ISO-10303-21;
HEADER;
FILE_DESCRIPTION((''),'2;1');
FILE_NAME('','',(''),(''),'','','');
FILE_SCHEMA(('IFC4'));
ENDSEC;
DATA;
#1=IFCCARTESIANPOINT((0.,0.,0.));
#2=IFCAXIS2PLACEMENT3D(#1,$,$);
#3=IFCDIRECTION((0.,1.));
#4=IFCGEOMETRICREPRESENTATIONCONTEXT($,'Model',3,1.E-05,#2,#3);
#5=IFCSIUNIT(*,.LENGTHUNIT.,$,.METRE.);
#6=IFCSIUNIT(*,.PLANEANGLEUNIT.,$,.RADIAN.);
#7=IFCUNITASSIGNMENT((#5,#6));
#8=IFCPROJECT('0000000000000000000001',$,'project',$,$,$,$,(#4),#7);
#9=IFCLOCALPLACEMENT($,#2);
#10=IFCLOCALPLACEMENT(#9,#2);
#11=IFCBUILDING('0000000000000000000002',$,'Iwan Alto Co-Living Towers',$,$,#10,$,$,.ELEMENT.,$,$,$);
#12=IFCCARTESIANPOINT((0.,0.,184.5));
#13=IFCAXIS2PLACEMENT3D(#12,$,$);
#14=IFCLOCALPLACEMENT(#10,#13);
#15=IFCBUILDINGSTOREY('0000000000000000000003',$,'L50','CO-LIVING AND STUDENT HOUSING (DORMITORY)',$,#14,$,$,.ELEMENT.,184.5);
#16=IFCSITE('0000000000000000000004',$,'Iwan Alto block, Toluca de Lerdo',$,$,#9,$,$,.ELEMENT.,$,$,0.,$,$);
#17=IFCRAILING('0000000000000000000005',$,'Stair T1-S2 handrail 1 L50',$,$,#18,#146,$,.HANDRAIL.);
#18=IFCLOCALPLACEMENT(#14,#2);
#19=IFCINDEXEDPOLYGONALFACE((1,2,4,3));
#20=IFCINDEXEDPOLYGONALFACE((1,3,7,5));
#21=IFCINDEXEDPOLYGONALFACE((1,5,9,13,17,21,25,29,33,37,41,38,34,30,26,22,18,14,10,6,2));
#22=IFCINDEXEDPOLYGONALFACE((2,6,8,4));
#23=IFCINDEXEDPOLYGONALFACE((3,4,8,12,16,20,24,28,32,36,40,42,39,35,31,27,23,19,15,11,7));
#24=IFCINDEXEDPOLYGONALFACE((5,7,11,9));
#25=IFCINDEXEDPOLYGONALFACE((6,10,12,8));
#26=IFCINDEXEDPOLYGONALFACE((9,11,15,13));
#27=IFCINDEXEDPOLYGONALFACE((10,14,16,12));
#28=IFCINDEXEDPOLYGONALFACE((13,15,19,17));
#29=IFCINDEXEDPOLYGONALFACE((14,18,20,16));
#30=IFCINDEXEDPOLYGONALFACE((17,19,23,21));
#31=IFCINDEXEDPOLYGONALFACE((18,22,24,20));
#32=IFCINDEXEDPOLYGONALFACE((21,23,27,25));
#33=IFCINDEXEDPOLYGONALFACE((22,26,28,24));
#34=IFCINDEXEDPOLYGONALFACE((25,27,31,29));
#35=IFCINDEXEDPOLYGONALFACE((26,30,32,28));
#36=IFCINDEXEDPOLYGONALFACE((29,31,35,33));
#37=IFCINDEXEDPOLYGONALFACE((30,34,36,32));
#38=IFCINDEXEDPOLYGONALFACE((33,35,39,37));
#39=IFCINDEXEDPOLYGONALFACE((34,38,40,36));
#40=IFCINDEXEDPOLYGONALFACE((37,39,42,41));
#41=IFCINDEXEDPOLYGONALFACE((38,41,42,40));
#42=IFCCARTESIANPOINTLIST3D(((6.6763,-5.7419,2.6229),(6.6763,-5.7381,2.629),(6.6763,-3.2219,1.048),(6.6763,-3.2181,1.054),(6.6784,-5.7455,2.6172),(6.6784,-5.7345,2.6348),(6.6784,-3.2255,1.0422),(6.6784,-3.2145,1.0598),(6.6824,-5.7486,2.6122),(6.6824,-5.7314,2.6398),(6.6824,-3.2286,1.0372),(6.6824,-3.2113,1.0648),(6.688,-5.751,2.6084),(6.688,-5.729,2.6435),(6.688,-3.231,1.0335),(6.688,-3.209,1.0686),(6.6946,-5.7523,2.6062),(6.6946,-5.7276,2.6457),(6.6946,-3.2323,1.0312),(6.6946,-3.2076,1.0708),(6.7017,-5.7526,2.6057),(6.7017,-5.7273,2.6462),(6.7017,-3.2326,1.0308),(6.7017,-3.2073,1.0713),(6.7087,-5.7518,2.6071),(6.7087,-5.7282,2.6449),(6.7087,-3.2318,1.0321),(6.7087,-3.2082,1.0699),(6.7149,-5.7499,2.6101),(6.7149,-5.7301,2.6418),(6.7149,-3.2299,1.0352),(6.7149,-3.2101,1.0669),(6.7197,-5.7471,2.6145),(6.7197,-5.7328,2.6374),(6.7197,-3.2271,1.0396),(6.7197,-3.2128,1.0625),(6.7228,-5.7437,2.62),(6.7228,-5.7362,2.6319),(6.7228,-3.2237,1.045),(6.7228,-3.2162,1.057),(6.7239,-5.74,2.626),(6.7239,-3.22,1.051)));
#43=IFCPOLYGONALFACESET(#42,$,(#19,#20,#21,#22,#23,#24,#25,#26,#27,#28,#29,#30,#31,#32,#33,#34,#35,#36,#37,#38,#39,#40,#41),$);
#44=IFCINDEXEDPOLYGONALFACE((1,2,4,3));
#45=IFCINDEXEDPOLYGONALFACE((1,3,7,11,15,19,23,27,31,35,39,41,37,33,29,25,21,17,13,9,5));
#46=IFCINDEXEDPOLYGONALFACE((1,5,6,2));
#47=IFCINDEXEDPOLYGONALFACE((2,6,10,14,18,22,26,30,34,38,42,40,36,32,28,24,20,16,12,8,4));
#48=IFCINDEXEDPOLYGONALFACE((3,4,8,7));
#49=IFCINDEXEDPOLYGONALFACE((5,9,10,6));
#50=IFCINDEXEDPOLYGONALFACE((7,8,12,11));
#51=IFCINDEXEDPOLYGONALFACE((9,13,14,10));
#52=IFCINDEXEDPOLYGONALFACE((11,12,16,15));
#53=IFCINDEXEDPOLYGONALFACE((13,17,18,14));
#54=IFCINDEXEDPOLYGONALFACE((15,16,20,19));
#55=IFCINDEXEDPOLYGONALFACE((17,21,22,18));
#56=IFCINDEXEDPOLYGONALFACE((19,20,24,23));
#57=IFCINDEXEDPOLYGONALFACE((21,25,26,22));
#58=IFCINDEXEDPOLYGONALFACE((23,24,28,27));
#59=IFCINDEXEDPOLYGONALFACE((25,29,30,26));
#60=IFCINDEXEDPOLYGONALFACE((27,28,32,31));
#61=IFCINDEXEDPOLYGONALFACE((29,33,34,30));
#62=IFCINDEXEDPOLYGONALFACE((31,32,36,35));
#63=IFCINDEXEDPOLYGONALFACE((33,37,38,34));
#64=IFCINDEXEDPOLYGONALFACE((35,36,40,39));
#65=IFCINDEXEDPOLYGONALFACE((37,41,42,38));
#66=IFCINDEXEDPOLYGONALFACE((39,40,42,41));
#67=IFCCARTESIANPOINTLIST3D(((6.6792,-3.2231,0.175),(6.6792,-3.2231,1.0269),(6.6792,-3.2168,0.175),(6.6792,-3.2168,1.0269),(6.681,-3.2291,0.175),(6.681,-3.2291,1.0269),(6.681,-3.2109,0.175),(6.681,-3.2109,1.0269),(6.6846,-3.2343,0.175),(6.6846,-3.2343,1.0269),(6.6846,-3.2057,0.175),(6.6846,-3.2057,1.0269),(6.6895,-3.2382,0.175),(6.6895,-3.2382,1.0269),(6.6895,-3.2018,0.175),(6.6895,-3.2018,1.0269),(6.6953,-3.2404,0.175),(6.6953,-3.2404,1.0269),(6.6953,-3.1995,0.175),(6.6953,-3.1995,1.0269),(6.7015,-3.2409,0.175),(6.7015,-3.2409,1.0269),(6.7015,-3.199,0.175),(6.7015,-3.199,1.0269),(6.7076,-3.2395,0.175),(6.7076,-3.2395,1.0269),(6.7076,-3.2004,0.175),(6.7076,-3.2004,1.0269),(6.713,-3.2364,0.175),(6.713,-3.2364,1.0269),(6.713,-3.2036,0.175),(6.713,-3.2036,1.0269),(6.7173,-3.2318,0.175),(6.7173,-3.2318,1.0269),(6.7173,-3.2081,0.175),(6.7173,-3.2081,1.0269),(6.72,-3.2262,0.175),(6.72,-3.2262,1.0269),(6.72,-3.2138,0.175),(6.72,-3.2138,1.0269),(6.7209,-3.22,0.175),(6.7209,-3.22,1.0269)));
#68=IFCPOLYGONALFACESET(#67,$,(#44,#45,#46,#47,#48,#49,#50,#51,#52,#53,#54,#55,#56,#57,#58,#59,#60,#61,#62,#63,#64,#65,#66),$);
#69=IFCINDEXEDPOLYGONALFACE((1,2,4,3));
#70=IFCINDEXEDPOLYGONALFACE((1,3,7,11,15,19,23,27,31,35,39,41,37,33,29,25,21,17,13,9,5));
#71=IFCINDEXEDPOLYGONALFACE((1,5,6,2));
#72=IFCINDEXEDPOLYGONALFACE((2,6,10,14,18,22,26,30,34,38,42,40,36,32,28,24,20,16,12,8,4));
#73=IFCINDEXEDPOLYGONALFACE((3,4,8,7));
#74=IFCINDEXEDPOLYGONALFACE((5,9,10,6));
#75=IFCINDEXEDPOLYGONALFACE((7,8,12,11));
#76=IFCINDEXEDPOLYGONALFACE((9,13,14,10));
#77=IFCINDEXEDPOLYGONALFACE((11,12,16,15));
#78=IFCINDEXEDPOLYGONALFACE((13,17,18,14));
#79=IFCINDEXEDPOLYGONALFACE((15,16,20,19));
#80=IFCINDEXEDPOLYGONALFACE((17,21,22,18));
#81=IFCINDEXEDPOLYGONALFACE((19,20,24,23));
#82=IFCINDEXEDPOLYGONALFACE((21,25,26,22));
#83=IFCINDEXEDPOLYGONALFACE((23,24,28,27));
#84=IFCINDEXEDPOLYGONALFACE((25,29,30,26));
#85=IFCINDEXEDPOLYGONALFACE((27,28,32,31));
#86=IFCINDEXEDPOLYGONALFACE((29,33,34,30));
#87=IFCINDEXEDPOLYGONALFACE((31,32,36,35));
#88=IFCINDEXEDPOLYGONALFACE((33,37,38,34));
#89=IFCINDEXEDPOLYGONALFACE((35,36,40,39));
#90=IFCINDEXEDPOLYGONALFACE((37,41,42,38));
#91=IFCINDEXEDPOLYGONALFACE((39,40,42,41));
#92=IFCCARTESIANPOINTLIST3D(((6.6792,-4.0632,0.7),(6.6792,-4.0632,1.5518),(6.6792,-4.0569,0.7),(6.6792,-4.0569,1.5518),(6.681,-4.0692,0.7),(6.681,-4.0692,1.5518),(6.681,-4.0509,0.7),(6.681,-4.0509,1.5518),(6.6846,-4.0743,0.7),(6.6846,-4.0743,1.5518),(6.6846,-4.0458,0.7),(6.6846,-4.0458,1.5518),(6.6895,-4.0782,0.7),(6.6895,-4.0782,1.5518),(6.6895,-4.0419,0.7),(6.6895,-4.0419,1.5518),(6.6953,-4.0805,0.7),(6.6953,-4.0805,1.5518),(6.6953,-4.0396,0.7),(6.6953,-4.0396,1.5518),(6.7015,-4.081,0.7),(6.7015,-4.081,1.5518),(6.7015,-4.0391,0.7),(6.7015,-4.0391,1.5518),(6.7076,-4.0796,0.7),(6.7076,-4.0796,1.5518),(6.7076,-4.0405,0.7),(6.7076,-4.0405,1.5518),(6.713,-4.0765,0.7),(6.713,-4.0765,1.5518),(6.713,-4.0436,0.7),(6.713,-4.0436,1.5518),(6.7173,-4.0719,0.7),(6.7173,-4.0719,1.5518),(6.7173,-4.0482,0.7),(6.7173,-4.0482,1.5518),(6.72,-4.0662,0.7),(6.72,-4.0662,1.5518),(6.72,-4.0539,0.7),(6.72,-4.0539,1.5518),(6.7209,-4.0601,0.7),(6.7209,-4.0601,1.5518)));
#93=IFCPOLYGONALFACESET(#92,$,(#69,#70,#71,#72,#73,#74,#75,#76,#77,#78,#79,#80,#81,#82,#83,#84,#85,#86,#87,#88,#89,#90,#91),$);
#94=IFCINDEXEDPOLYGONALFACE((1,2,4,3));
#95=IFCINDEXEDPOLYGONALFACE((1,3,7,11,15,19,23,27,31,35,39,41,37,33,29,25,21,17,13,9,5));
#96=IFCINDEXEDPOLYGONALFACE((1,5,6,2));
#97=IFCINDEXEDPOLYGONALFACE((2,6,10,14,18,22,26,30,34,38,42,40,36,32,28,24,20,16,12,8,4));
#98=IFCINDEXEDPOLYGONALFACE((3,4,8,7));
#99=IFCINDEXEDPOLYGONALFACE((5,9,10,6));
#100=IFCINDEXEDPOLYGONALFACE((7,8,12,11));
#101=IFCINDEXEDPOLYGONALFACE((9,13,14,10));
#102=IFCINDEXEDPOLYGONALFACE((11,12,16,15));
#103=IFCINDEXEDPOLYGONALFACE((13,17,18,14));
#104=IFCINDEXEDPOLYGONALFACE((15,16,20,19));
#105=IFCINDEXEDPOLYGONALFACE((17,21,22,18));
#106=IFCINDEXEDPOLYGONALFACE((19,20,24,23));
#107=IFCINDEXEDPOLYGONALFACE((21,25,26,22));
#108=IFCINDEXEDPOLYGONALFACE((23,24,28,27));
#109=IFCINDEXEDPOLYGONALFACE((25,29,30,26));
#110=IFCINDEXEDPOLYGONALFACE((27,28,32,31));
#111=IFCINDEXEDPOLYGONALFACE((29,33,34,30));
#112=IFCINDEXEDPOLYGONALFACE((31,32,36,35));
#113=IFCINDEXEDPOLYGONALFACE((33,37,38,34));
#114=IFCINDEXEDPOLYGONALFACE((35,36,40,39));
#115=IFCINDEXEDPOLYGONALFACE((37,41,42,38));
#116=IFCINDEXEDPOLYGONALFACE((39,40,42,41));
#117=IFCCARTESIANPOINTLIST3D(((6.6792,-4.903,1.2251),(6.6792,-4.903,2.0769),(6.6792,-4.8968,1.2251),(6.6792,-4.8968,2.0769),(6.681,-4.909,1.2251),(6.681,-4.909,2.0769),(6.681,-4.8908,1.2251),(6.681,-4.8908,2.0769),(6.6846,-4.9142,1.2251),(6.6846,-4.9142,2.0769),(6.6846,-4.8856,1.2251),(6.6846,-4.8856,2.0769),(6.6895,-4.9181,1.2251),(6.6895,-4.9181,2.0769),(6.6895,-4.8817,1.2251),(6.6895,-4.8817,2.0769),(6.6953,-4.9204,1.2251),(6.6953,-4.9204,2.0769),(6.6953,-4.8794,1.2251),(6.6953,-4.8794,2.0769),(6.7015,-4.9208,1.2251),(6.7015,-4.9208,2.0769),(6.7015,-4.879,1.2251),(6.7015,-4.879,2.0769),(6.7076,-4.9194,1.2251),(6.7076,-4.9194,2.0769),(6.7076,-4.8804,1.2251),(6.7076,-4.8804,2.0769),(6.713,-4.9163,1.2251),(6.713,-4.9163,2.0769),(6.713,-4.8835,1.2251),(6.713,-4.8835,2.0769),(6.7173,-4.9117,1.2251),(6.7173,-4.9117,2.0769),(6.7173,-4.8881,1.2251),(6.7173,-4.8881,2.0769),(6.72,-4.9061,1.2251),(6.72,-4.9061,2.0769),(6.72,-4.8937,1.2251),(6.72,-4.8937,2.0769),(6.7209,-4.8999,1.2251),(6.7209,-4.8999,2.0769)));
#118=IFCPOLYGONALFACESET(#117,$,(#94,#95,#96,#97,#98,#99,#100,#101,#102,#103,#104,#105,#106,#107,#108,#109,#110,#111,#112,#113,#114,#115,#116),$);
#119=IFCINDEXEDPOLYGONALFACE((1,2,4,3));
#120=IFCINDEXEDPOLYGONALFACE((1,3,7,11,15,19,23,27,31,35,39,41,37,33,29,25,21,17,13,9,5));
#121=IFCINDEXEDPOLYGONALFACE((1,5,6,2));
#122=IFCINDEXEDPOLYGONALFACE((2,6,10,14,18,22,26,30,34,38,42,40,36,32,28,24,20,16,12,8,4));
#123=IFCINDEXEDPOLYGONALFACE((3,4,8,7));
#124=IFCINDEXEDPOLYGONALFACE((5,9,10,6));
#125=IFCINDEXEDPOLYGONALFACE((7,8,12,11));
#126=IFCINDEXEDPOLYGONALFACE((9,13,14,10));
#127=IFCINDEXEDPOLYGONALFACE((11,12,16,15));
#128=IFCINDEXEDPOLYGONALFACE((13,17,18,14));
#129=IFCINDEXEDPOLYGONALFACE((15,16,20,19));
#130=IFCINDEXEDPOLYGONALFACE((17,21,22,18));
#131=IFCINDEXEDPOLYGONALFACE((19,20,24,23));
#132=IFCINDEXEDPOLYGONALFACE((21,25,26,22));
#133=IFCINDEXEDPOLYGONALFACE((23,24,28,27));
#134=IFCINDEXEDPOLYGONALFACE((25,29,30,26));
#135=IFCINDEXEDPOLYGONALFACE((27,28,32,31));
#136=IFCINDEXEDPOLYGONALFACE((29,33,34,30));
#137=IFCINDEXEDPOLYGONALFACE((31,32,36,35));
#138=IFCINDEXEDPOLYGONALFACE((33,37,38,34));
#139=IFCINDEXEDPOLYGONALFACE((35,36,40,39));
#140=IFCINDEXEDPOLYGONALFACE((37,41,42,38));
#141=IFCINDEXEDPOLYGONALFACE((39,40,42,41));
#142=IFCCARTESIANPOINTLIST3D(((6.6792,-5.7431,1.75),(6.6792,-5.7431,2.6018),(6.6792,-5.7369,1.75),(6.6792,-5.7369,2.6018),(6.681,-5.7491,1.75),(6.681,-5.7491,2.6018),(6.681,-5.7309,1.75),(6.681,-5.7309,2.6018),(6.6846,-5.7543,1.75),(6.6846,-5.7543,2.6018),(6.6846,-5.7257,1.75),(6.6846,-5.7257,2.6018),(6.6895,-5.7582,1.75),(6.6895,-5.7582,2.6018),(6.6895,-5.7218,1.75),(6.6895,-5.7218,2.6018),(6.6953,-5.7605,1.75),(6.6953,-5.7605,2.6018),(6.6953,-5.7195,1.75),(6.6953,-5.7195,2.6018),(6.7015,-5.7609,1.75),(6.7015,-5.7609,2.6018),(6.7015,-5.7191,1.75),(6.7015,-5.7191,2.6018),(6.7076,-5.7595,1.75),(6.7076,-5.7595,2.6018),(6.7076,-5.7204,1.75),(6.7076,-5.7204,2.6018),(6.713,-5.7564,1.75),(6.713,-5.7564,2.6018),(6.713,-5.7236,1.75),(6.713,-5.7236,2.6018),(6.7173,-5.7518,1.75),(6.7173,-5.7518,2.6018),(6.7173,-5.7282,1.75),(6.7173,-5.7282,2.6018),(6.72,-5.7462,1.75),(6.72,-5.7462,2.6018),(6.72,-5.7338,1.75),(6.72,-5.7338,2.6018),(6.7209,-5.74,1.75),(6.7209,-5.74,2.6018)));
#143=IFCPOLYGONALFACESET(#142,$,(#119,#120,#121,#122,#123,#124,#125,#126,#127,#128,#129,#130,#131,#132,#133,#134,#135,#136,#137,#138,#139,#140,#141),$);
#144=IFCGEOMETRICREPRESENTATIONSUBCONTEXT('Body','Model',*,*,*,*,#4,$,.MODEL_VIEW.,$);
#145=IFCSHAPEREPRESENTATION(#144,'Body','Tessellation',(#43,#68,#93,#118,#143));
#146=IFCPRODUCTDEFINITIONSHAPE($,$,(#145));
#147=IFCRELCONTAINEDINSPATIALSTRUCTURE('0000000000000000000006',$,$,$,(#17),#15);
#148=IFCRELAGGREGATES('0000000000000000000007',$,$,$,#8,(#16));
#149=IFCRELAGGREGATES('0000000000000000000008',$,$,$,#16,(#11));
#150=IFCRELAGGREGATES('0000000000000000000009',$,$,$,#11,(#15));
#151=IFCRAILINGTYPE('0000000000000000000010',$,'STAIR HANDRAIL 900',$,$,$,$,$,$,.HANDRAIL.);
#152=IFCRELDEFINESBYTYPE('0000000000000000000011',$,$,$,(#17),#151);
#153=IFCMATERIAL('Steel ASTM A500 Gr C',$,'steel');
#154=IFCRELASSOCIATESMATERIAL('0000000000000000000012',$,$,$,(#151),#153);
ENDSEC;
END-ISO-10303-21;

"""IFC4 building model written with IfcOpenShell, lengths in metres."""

from ifc_helpers import new_model, si_unit, direction, frame, origin, origin_2d, place, context, subcontext, project, spatial, circle, extrude, material, type_object, element, save


model = new_model("IFC4")

# Units and contexts
model_context = context("Model", 3, precision=1e-05, world=origin(), true_north=direction((0.0, 1.0)))
body_context = subcontext(model_context, "Body", "Model", "MODEL_VIEW")
ifc_project = project(units=[si_unit("LENGTHUNIT", "METRE"), si_unit("PLANEANGLEUNIT", "RADIAN")], contexts=[model_context])

# Site, building, storey
site_placement = place(None, origin())
site = spatial("IfcSite", under=ifc_project, at=site_placement, Name="Iwan Alto block, Toluca de Lerdo", CompositionType="ELEMENT", RefElevation=0.0)
building_placement = place(site_placement, origin())
building = spatial("IfcBuilding", under=site, at=building_placement, Name="Iwan Alto Co-Living Towers", CompositionType="ELEMENT")
storey_placement = place(building_placement, frame((0.0, 0.0, 184.5)))
storey = spatial("IfcBuildingStorey", under=building, at=storey_placement, Name="L50", Description="CO-LIVING AND STUDENT HOUSING (DORMITORY)", CompositionType="ELEMENT", Elevation=184.5)

# Railing
ifc_material_1 = material(Name="Steel ASTM A500 Gr C", Category="steel")
railing_type_1 = type_object("IfcRailingType", Name="STAIR HANDRAIL 900", PredefinedType="HANDRAIL", material=ifc_material_1)
railing_1_placement = place(storey_placement, frame((6.7, -3.22, 0.175)))
element("IfcRailing", 1, at=railing_1_placement, inside=storey, type_object=railing_type_1, Name="Stair T1-S2 handrail 1 L50", PredefinedType="HANDRAIL", context=body_context, shape_type="SweptSolid", body=[
    extrude(circle(Radius=0.0239, at=origin_2d()), frame((0.0, 0.0, 0.876), z_axis=(0.0, -0.848008, 0.529984), x_axis=(1.0, 0.0, 0.0)), (0.0, 0.0, 1.0), 2.9717),
    extrude(circle(Radius=0.021, at=origin_2d()), origin(), (0.0, 0.0, 1.0), 0.8518),
    extrude(circle(Radius=0.021, at=origin_2d()), frame((0.0, -0.8401, 0.5249)), (0.0, 0.0, 1.0), 0.8518),
    extrude(circle(Radius=0.021, at=origin_2d()), frame((0.0, -1.6799, 1.05)), (0.0, 0.0, 1.0), 0.8518),
    extrude(circle(Radius=0.021, at=origin_2d()), frame((0.0, -2.52, 1.575)), (0.0, 0.0, 1.0), 0.8518),
])

save(model, "model.ifc")
